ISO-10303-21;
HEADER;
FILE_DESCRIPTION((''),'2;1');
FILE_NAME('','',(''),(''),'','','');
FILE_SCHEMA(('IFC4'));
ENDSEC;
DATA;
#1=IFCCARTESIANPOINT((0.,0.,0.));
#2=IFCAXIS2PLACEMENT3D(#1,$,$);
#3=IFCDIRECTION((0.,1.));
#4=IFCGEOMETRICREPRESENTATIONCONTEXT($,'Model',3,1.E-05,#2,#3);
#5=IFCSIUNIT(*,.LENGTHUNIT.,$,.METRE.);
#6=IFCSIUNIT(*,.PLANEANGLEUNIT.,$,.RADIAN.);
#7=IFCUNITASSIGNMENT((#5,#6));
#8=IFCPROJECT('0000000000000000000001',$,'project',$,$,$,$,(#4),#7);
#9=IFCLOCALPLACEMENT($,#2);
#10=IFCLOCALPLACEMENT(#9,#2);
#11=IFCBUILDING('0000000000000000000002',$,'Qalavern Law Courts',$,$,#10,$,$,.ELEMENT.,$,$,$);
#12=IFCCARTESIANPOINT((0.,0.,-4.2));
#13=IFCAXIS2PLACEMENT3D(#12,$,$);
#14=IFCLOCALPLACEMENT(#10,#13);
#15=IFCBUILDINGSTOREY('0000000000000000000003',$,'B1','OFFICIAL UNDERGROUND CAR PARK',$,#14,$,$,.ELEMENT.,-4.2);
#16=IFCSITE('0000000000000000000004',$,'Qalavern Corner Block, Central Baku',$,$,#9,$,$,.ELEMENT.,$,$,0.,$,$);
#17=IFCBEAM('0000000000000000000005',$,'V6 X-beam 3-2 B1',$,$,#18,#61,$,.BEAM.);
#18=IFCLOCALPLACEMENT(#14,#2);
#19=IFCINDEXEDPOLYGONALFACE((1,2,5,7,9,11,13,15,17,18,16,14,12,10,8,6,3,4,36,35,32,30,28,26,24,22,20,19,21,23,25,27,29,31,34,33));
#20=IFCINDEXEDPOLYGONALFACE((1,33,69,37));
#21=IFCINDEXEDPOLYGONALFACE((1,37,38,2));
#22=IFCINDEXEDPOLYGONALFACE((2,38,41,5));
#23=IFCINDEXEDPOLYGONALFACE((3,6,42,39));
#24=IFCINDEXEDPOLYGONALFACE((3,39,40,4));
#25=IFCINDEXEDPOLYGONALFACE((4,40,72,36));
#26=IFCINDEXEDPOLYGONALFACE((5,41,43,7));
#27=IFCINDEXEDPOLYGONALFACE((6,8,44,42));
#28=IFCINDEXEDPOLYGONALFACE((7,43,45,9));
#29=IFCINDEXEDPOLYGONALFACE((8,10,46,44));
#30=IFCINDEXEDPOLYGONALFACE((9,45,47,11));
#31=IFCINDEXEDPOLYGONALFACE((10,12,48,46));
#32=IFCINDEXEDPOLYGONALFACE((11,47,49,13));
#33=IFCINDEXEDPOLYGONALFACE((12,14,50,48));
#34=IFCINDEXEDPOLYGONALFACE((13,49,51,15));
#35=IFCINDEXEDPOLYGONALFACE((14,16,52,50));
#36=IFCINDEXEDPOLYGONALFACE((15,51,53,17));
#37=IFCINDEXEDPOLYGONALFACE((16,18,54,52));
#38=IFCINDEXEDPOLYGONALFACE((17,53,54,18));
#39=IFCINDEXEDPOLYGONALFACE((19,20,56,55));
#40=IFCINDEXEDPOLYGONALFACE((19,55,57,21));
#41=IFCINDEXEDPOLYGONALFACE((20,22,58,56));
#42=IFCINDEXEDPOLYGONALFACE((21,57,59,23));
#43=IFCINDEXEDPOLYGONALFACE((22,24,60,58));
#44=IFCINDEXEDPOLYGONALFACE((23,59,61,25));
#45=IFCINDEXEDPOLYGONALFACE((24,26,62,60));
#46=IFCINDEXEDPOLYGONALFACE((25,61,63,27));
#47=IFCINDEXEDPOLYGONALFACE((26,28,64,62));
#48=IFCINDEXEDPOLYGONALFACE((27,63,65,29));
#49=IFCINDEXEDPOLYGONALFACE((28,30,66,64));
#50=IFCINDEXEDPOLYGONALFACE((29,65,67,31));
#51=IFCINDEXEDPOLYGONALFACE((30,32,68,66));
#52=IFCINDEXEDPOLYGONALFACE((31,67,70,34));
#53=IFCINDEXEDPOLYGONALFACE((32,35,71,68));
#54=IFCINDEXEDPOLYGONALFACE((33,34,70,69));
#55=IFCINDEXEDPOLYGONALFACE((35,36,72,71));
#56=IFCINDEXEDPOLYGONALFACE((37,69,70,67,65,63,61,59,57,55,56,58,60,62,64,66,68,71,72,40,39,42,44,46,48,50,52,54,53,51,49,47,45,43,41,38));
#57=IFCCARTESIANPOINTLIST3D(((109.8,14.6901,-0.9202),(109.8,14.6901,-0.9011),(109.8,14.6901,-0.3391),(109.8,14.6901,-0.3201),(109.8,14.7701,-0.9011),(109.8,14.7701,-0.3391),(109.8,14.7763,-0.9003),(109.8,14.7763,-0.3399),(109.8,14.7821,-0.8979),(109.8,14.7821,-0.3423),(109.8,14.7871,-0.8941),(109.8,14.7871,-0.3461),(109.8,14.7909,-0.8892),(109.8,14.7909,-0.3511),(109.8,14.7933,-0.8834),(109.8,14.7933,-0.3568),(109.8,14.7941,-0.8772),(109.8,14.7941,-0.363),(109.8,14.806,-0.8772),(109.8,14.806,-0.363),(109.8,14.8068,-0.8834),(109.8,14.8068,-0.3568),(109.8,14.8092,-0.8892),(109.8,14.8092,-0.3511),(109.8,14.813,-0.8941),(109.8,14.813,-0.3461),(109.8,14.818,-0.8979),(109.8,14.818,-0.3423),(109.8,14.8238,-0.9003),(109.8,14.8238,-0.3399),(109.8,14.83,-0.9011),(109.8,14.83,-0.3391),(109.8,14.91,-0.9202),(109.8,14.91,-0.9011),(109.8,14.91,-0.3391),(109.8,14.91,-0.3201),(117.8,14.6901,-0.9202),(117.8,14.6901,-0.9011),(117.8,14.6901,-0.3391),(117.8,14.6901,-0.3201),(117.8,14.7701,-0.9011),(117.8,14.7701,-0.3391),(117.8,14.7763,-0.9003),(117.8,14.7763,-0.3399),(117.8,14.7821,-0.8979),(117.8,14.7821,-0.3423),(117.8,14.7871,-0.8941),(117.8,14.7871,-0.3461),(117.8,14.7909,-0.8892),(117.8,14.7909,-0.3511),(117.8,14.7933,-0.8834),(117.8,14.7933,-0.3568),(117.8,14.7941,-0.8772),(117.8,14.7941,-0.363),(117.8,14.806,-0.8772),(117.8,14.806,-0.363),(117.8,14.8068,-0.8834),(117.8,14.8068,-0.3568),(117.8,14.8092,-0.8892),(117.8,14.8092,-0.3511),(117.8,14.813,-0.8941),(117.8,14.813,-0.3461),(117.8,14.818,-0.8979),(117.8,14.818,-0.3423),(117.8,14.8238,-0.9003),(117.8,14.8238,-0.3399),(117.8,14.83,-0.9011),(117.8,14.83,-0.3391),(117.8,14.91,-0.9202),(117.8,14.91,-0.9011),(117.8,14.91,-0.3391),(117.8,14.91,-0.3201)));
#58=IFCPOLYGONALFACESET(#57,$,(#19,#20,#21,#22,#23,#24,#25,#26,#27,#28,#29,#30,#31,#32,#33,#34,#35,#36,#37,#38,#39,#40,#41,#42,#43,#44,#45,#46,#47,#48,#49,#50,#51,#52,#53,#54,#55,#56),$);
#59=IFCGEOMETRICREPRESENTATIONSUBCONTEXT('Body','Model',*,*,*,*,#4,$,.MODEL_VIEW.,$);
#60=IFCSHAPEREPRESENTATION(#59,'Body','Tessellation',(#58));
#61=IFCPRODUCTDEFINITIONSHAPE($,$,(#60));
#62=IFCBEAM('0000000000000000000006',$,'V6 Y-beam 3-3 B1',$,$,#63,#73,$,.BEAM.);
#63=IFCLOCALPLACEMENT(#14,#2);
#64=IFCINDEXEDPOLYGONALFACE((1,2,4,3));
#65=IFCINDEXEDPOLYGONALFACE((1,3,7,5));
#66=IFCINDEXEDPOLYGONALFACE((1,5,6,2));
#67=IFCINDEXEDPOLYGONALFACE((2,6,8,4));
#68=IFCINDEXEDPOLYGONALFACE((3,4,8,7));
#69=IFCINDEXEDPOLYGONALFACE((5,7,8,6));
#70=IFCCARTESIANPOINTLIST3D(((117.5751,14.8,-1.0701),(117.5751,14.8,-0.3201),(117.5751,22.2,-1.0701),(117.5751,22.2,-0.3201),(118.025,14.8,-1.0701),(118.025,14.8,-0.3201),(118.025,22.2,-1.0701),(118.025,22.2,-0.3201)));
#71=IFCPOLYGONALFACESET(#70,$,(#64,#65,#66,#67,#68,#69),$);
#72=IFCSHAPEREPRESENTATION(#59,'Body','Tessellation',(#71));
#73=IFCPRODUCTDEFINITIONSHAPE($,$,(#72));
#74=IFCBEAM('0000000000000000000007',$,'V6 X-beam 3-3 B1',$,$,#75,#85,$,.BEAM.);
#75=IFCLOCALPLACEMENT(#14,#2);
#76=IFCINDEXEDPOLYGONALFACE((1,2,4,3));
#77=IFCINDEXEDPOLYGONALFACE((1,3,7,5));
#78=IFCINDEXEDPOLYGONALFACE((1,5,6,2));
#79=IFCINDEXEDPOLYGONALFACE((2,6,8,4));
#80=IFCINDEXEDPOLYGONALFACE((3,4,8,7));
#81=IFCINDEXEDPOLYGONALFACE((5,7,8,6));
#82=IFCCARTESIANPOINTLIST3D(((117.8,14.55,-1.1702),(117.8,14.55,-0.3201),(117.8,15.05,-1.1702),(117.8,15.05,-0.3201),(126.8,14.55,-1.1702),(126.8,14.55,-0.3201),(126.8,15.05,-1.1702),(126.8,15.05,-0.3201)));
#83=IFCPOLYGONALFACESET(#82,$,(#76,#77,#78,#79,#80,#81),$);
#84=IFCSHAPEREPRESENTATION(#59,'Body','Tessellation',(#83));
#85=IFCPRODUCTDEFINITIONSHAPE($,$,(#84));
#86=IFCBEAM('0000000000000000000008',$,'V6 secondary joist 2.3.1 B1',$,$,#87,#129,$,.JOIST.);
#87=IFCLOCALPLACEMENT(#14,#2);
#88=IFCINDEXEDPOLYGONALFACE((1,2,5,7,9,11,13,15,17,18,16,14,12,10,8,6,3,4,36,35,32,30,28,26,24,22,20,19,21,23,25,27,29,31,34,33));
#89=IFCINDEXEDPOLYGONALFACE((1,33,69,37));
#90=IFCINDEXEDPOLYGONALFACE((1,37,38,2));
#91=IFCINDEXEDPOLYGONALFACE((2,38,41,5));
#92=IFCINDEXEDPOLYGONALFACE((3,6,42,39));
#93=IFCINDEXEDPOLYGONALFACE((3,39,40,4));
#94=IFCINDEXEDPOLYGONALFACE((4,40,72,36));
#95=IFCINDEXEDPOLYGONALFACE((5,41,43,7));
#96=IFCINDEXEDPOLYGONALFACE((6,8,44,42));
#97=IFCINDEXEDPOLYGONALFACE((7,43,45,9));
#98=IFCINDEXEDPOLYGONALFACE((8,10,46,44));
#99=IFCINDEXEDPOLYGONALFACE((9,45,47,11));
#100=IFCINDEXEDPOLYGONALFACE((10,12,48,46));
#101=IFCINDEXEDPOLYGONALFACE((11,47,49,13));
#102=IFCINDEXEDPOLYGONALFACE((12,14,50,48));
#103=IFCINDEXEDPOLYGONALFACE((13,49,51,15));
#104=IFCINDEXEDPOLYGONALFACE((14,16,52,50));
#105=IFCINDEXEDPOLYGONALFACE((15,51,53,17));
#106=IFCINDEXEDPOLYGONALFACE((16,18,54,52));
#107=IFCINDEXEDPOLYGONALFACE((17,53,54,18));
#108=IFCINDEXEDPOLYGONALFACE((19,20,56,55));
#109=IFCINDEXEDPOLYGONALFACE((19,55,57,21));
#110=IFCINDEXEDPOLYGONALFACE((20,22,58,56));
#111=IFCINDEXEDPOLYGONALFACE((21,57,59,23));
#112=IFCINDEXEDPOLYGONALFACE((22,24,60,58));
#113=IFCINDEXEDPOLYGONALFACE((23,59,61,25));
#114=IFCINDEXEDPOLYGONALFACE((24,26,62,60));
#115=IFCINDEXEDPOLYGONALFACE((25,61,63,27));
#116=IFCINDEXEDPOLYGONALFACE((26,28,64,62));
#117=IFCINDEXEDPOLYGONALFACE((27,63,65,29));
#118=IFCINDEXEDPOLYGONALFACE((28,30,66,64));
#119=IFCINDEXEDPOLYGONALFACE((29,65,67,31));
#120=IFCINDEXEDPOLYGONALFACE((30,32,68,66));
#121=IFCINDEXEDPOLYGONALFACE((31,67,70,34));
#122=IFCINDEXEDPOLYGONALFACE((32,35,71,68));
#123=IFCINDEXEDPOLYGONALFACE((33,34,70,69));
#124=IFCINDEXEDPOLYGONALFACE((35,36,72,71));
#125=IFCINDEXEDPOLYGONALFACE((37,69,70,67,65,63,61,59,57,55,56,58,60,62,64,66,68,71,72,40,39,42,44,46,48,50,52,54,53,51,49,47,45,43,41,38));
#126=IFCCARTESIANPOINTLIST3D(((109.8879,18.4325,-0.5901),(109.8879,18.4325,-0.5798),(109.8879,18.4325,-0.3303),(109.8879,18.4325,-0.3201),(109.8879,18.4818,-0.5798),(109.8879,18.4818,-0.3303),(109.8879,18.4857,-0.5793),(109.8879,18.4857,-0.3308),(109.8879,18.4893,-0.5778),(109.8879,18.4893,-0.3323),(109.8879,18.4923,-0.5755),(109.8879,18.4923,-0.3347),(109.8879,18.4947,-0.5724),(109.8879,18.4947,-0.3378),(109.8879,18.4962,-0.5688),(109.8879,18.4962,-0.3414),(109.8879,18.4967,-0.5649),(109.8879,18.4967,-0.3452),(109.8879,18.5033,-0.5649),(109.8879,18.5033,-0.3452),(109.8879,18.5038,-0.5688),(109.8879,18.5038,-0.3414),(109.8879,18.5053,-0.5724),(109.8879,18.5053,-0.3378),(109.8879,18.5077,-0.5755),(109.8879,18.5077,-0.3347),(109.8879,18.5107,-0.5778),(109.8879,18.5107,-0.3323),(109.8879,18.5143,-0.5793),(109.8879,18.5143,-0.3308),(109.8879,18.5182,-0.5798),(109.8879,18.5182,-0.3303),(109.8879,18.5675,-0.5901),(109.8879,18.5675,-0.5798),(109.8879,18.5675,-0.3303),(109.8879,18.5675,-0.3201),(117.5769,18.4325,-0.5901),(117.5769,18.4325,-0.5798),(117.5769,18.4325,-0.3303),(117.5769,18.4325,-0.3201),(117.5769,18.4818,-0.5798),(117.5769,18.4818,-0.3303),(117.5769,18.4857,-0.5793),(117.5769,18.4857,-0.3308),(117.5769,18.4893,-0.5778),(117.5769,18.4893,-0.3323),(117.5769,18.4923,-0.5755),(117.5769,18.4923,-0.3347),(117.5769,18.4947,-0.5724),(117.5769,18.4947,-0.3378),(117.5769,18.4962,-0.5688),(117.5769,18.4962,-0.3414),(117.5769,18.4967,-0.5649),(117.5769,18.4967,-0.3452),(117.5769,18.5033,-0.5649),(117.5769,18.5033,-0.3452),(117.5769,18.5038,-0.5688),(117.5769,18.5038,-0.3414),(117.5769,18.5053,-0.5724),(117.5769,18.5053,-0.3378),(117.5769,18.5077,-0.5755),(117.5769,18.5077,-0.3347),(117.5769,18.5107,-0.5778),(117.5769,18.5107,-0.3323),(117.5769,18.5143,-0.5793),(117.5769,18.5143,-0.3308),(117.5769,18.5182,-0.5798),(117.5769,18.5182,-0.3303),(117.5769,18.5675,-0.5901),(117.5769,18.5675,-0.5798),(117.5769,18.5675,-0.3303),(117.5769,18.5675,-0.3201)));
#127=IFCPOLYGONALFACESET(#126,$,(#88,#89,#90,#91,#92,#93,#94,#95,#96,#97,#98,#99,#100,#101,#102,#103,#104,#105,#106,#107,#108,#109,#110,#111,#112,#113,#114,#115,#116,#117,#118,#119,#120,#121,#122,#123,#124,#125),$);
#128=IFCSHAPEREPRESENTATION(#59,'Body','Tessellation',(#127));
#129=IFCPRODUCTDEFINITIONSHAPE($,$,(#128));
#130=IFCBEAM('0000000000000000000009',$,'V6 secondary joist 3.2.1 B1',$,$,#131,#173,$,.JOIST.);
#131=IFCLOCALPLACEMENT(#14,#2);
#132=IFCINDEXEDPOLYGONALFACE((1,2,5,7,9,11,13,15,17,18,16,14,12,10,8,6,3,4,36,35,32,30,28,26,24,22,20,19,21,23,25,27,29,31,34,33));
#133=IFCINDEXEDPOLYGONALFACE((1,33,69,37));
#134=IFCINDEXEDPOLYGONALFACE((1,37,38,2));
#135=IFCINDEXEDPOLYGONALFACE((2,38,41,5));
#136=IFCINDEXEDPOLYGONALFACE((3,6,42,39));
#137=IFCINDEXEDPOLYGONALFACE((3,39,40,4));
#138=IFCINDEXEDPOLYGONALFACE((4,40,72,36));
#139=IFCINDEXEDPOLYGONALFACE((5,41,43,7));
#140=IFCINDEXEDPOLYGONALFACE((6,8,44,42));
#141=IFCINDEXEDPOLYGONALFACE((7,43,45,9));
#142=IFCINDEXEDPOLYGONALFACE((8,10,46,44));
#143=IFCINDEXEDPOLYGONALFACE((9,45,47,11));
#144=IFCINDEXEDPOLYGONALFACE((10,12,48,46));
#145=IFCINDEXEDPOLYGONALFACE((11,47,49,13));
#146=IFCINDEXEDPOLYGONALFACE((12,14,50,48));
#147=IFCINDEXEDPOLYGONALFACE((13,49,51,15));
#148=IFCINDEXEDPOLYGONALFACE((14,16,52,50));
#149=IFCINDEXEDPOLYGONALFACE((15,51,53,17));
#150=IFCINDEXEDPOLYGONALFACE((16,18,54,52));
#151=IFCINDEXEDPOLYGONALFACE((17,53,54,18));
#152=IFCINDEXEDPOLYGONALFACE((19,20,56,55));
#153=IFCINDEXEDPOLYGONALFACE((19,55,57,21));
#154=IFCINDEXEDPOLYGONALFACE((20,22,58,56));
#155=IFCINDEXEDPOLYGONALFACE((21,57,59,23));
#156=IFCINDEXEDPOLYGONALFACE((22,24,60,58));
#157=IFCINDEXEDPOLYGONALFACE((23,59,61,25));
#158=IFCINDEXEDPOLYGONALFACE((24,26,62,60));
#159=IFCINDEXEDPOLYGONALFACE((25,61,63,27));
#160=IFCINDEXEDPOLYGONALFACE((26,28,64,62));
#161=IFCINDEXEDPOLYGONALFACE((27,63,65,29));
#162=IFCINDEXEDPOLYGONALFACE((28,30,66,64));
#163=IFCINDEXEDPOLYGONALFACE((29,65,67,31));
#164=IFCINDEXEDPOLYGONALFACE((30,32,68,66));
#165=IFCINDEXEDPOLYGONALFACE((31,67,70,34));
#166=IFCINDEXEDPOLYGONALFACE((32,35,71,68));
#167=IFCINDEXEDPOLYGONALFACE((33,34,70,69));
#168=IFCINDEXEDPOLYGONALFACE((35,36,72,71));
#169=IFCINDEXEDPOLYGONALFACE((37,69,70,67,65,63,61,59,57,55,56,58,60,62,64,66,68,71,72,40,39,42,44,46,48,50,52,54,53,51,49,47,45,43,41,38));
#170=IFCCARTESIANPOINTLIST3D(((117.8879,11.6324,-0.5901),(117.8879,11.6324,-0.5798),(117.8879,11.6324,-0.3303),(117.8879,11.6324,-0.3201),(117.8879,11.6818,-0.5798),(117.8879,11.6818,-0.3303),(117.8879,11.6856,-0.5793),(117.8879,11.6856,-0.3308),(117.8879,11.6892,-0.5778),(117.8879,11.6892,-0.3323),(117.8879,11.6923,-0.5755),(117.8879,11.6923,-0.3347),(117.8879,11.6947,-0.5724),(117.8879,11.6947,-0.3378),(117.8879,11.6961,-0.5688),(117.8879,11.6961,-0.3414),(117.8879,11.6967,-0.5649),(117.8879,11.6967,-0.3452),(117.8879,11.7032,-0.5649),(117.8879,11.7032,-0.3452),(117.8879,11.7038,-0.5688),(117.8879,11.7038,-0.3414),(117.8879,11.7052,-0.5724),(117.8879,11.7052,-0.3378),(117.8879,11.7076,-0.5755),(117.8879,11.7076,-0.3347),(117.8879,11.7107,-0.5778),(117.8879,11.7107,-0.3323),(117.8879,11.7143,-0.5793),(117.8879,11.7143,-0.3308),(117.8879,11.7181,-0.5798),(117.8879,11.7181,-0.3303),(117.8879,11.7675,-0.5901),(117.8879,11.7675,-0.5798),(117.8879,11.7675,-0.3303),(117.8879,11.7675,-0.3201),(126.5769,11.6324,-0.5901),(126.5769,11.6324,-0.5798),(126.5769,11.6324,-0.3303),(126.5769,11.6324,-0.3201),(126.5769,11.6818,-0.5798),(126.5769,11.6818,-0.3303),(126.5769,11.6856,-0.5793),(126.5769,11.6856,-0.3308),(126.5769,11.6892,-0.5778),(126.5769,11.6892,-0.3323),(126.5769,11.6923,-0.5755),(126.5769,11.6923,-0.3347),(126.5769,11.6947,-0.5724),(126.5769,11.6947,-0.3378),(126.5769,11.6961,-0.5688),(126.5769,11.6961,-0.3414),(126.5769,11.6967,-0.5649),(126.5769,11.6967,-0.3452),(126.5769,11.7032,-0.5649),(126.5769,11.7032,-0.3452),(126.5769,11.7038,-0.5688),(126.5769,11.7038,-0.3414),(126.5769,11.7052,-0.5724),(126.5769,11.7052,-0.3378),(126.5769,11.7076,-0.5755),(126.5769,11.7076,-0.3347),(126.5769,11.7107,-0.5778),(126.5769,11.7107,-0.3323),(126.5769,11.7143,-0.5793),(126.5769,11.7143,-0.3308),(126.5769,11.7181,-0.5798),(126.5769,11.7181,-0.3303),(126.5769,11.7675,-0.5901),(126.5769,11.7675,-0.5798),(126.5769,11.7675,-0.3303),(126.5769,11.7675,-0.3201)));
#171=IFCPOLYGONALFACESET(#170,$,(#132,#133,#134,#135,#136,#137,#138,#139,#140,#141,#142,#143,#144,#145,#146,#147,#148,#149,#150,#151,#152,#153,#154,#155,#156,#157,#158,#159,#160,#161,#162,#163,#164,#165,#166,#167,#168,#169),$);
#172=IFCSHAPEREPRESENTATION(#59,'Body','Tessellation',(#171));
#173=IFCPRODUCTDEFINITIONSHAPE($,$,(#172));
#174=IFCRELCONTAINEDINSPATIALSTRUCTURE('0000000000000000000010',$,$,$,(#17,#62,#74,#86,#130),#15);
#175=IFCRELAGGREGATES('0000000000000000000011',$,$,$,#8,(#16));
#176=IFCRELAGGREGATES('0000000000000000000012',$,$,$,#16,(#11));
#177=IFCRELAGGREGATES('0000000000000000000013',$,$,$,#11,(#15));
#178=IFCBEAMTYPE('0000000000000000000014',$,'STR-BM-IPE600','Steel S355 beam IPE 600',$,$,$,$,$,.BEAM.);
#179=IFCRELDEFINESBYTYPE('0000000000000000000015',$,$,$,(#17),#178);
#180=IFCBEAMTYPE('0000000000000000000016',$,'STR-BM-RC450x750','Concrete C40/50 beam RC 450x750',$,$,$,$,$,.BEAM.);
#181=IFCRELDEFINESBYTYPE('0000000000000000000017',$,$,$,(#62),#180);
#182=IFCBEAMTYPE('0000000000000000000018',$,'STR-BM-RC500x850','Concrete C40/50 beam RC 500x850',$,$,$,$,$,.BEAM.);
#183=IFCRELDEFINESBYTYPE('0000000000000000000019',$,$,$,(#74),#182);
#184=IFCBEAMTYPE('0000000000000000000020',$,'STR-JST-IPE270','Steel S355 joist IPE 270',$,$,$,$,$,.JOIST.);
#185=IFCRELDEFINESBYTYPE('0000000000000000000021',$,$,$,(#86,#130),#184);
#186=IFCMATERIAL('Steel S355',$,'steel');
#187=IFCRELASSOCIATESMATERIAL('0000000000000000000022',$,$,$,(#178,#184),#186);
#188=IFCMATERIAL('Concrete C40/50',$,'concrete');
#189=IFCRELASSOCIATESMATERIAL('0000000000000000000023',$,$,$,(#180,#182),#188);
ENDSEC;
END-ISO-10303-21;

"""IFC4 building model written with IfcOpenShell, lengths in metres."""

from ifc_helpers import new_model, si_unit, direction, frame, origin, origin_2d, place, context, subcontext, project, spatial, rectangle, i_section, extrude, material, material_profile, profile_set, type_object, element, save


model = new_model("IFC4")

# Units and contexts
model_context = context("Model", 3, precision=1e-05, world=origin(), true_north=direction((0.0, 1.0)))
body_context = subcontext(model_context, "Body", "Model", "MODEL_VIEW")
ifc_project = project(units=[si_unit("LENGTHUNIT", "METRE"), si_unit("PLANEANGLEUNIT", "RADIAN")], contexts=[model_context])

# Site, building, storey
site_placement = place(None, origin())
site = spatial("IfcSite", under=ifc_project, at=site_placement, Name="Qalavern Corner Block, Central Baku", CompositionType="ELEMENT", RefElevation=0.0)
building_placement = place(site_placement, origin())
building = spatial("IfcBuilding", under=site, at=building_placement, Name="Qalavern Law Courts", CompositionType="ELEMENT")
storey_placement = place(building_placement, frame((0.0, 0.0, -4.2)))
storey = spatial("IfcBuildingStorey", under=building, at=storey_placement, Name="B1", Description="OFFICIAL UNDERGROUND CAR PARK", CompositionType="ELEMENT", Elevation=-4.2)

# Beams
ifc_material_1 = material(Name="Steel S355", Category="steel")
ifc_material_profile_1 = material_profile(ifc_material_1, i_section(OverallWidth=0.22, OverallDepth=0.6001, WebThickness=0.012, FlangeThickness=0.019, FilletRadius=0.0239, at=origin_2d()), Name="IPE 600")
ifc_profile_set_1 = profile_set([ifc_material_profile_1], Name="Steel S355")
beam_type_1 = type_object("IfcBeamType", Name="STR-BM-IPE600", Description="Steel S355 beam IPE 600", PredefinedType="BEAM", material=ifc_profile_set_1)
beam_1_placement = place(storey_placement, frame((109.8, 14.8, -0.6201), z_axis=(1.0, 0.0, 0.0), x_axis=(0.0, 1.0, 0.0)))
element("IfcBeam", 1, at=beam_1_placement, inside=storey, type_object=beam_type_1, Name="V6 X-beam 3-2 B1", PredefinedType="BEAM", context=body_context, shape_type="SweptSolid", body=[
    extrude(i_section(OverallWidth=0.22, OverallDepth=0.6001, WebThickness=0.012, FlangeThickness=0.019, FilletRadius=0.0239, at=origin_2d()), origin(), (0.0, 0.0, 1.0), 8.0),
])
ifc_material_2 = material(Name="Concrete C40/50", Category="concrete")
ifc_material_profile_2 = material_profile(ifc_material_2, rectangle(XDim=0.45, YDim=0.75, at=origin_2d()), Name="RC 450x750")
ifc_profile_set_2 = profile_set([ifc_material_profile_2], Name="Concrete C40/50")
beam_type_2 = type_object("IfcBeamType", Name="STR-BM-RC450x750", Description="Concrete C40/50 beam RC 450x750", PredefinedType="BEAM", material=ifc_profile_set_2)
beam_2_placement = place(storey_placement, frame((117.8, 14.8, -0.6951), z_axis=(0.0, 1.0, 0.0), x_axis=(-1.0, 0.0, 0.0)))
element("IfcBeam", 2, at=beam_2_placement, inside=storey, type_object=beam_type_2, Name="V6 Y-beam 3-3 B1", PredefinedType="BEAM", context=body_context, shape_type="SweptSolid", body=[
    extrude(rectangle(XDim=0.45, YDim=0.75, at=origin_2d()), origin(), (0.0, 0.0, 1.0), 7.3999),
])
ifc_material_profile_3 = material_profile(ifc_material_2, rectangle(XDim=0.5, YDim=0.8501, at=origin_2d()), Name="RC 500x850")
ifc_profile_set_3 = profile_set([ifc_material_profile_3], Name="Concrete C40/50")
beam_type_3 = type_object("IfcBeamType", Name="STR-BM-RC500x850", Description="Concrete C40/50 beam RC 500x850", PredefinedType="BEAM", material=ifc_profile_set_3)
beam_3_placement = place(storey_placement, frame((117.8, 14.8, -0.7451), z_axis=(1.0, 0.0, 0.0), x_axis=(0.0, 1.0, 0.0)))
element("IfcBeam", 3, at=beam_3_placement, inside=storey, type_object=beam_type_3, Name="V6 X-beam 3-3 B1", PredefinedType="BEAM", context=body_context, shape_type="SweptSolid", body=[
    extrude(rectangle(XDim=0.5, YDim=0.8501, at=origin_2d()), origin(), (0.0, 0.0, 1.0), 9.0),
])
ifc_material_profile_4 = material_profile(ifc_material_1, i_section(OverallWidth=0.135, OverallDepth=0.27, WebThickness=0.0066, FlangeThickness=0.0103, FilletRadius=0.0149, at=origin_2d()), Name="IPE 270")
ifc_profile_set_4 = profile_set([ifc_material_profile_4], Name="Steel S355")
beam_type_4 = type_object("IfcBeamType", Name="STR-JST-IPE270", Description="Steel S355 joist IPE 270", PredefinedType="JOIST", material=ifc_profile_set_4)
beam_4_placement = place(storey_placement, frame((109.8879, 18.5, -0.4551), z_axis=(1.0, 0.0, 0.0), x_axis=(0.0, 1.0, 0.0)))
element("IfcBeam", 4, at=beam_4_placement, inside=storey, type_object=beam_type_4, Name="V6 secondary joist 2.3.1 B1", PredefinedType="JOIST", context=body_context, shape_type="SweptSolid", body=[
    extrude(i_section(OverallWidth=0.135, OverallDepth=0.27, WebThickness=0.0066, FlangeThickness=0.0103, FilletRadius=0.0149, at=origin_2d()), origin(), (0.0, 0.0, 1.0), 7.689),
])
beam_5_placement = place(storey_placement, frame((117.8879, 11.7, -0.4551), z_axis=(1.0, 0.0, 0.0), x_axis=(0.0, 1.0, 0.0)))
element("IfcBeam", 5, at=beam_5_placement, inside=storey, type_object=beam_type_4, Name="V6 secondary joist 3.2.1 B1", PredefinedType="JOIST", context=body_context, shape_type="SweptSolid", body=[
    extrude(i_section(OverallWidth=0.135, OverallDepth=0.27, WebThickness=0.0066, FlangeThickness=0.0103, FilletRadius=0.0149, at=origin_2d()), origin(), (0.0, 0.0, 1.0), 8.689),
])

save(model, "model.ifc")
